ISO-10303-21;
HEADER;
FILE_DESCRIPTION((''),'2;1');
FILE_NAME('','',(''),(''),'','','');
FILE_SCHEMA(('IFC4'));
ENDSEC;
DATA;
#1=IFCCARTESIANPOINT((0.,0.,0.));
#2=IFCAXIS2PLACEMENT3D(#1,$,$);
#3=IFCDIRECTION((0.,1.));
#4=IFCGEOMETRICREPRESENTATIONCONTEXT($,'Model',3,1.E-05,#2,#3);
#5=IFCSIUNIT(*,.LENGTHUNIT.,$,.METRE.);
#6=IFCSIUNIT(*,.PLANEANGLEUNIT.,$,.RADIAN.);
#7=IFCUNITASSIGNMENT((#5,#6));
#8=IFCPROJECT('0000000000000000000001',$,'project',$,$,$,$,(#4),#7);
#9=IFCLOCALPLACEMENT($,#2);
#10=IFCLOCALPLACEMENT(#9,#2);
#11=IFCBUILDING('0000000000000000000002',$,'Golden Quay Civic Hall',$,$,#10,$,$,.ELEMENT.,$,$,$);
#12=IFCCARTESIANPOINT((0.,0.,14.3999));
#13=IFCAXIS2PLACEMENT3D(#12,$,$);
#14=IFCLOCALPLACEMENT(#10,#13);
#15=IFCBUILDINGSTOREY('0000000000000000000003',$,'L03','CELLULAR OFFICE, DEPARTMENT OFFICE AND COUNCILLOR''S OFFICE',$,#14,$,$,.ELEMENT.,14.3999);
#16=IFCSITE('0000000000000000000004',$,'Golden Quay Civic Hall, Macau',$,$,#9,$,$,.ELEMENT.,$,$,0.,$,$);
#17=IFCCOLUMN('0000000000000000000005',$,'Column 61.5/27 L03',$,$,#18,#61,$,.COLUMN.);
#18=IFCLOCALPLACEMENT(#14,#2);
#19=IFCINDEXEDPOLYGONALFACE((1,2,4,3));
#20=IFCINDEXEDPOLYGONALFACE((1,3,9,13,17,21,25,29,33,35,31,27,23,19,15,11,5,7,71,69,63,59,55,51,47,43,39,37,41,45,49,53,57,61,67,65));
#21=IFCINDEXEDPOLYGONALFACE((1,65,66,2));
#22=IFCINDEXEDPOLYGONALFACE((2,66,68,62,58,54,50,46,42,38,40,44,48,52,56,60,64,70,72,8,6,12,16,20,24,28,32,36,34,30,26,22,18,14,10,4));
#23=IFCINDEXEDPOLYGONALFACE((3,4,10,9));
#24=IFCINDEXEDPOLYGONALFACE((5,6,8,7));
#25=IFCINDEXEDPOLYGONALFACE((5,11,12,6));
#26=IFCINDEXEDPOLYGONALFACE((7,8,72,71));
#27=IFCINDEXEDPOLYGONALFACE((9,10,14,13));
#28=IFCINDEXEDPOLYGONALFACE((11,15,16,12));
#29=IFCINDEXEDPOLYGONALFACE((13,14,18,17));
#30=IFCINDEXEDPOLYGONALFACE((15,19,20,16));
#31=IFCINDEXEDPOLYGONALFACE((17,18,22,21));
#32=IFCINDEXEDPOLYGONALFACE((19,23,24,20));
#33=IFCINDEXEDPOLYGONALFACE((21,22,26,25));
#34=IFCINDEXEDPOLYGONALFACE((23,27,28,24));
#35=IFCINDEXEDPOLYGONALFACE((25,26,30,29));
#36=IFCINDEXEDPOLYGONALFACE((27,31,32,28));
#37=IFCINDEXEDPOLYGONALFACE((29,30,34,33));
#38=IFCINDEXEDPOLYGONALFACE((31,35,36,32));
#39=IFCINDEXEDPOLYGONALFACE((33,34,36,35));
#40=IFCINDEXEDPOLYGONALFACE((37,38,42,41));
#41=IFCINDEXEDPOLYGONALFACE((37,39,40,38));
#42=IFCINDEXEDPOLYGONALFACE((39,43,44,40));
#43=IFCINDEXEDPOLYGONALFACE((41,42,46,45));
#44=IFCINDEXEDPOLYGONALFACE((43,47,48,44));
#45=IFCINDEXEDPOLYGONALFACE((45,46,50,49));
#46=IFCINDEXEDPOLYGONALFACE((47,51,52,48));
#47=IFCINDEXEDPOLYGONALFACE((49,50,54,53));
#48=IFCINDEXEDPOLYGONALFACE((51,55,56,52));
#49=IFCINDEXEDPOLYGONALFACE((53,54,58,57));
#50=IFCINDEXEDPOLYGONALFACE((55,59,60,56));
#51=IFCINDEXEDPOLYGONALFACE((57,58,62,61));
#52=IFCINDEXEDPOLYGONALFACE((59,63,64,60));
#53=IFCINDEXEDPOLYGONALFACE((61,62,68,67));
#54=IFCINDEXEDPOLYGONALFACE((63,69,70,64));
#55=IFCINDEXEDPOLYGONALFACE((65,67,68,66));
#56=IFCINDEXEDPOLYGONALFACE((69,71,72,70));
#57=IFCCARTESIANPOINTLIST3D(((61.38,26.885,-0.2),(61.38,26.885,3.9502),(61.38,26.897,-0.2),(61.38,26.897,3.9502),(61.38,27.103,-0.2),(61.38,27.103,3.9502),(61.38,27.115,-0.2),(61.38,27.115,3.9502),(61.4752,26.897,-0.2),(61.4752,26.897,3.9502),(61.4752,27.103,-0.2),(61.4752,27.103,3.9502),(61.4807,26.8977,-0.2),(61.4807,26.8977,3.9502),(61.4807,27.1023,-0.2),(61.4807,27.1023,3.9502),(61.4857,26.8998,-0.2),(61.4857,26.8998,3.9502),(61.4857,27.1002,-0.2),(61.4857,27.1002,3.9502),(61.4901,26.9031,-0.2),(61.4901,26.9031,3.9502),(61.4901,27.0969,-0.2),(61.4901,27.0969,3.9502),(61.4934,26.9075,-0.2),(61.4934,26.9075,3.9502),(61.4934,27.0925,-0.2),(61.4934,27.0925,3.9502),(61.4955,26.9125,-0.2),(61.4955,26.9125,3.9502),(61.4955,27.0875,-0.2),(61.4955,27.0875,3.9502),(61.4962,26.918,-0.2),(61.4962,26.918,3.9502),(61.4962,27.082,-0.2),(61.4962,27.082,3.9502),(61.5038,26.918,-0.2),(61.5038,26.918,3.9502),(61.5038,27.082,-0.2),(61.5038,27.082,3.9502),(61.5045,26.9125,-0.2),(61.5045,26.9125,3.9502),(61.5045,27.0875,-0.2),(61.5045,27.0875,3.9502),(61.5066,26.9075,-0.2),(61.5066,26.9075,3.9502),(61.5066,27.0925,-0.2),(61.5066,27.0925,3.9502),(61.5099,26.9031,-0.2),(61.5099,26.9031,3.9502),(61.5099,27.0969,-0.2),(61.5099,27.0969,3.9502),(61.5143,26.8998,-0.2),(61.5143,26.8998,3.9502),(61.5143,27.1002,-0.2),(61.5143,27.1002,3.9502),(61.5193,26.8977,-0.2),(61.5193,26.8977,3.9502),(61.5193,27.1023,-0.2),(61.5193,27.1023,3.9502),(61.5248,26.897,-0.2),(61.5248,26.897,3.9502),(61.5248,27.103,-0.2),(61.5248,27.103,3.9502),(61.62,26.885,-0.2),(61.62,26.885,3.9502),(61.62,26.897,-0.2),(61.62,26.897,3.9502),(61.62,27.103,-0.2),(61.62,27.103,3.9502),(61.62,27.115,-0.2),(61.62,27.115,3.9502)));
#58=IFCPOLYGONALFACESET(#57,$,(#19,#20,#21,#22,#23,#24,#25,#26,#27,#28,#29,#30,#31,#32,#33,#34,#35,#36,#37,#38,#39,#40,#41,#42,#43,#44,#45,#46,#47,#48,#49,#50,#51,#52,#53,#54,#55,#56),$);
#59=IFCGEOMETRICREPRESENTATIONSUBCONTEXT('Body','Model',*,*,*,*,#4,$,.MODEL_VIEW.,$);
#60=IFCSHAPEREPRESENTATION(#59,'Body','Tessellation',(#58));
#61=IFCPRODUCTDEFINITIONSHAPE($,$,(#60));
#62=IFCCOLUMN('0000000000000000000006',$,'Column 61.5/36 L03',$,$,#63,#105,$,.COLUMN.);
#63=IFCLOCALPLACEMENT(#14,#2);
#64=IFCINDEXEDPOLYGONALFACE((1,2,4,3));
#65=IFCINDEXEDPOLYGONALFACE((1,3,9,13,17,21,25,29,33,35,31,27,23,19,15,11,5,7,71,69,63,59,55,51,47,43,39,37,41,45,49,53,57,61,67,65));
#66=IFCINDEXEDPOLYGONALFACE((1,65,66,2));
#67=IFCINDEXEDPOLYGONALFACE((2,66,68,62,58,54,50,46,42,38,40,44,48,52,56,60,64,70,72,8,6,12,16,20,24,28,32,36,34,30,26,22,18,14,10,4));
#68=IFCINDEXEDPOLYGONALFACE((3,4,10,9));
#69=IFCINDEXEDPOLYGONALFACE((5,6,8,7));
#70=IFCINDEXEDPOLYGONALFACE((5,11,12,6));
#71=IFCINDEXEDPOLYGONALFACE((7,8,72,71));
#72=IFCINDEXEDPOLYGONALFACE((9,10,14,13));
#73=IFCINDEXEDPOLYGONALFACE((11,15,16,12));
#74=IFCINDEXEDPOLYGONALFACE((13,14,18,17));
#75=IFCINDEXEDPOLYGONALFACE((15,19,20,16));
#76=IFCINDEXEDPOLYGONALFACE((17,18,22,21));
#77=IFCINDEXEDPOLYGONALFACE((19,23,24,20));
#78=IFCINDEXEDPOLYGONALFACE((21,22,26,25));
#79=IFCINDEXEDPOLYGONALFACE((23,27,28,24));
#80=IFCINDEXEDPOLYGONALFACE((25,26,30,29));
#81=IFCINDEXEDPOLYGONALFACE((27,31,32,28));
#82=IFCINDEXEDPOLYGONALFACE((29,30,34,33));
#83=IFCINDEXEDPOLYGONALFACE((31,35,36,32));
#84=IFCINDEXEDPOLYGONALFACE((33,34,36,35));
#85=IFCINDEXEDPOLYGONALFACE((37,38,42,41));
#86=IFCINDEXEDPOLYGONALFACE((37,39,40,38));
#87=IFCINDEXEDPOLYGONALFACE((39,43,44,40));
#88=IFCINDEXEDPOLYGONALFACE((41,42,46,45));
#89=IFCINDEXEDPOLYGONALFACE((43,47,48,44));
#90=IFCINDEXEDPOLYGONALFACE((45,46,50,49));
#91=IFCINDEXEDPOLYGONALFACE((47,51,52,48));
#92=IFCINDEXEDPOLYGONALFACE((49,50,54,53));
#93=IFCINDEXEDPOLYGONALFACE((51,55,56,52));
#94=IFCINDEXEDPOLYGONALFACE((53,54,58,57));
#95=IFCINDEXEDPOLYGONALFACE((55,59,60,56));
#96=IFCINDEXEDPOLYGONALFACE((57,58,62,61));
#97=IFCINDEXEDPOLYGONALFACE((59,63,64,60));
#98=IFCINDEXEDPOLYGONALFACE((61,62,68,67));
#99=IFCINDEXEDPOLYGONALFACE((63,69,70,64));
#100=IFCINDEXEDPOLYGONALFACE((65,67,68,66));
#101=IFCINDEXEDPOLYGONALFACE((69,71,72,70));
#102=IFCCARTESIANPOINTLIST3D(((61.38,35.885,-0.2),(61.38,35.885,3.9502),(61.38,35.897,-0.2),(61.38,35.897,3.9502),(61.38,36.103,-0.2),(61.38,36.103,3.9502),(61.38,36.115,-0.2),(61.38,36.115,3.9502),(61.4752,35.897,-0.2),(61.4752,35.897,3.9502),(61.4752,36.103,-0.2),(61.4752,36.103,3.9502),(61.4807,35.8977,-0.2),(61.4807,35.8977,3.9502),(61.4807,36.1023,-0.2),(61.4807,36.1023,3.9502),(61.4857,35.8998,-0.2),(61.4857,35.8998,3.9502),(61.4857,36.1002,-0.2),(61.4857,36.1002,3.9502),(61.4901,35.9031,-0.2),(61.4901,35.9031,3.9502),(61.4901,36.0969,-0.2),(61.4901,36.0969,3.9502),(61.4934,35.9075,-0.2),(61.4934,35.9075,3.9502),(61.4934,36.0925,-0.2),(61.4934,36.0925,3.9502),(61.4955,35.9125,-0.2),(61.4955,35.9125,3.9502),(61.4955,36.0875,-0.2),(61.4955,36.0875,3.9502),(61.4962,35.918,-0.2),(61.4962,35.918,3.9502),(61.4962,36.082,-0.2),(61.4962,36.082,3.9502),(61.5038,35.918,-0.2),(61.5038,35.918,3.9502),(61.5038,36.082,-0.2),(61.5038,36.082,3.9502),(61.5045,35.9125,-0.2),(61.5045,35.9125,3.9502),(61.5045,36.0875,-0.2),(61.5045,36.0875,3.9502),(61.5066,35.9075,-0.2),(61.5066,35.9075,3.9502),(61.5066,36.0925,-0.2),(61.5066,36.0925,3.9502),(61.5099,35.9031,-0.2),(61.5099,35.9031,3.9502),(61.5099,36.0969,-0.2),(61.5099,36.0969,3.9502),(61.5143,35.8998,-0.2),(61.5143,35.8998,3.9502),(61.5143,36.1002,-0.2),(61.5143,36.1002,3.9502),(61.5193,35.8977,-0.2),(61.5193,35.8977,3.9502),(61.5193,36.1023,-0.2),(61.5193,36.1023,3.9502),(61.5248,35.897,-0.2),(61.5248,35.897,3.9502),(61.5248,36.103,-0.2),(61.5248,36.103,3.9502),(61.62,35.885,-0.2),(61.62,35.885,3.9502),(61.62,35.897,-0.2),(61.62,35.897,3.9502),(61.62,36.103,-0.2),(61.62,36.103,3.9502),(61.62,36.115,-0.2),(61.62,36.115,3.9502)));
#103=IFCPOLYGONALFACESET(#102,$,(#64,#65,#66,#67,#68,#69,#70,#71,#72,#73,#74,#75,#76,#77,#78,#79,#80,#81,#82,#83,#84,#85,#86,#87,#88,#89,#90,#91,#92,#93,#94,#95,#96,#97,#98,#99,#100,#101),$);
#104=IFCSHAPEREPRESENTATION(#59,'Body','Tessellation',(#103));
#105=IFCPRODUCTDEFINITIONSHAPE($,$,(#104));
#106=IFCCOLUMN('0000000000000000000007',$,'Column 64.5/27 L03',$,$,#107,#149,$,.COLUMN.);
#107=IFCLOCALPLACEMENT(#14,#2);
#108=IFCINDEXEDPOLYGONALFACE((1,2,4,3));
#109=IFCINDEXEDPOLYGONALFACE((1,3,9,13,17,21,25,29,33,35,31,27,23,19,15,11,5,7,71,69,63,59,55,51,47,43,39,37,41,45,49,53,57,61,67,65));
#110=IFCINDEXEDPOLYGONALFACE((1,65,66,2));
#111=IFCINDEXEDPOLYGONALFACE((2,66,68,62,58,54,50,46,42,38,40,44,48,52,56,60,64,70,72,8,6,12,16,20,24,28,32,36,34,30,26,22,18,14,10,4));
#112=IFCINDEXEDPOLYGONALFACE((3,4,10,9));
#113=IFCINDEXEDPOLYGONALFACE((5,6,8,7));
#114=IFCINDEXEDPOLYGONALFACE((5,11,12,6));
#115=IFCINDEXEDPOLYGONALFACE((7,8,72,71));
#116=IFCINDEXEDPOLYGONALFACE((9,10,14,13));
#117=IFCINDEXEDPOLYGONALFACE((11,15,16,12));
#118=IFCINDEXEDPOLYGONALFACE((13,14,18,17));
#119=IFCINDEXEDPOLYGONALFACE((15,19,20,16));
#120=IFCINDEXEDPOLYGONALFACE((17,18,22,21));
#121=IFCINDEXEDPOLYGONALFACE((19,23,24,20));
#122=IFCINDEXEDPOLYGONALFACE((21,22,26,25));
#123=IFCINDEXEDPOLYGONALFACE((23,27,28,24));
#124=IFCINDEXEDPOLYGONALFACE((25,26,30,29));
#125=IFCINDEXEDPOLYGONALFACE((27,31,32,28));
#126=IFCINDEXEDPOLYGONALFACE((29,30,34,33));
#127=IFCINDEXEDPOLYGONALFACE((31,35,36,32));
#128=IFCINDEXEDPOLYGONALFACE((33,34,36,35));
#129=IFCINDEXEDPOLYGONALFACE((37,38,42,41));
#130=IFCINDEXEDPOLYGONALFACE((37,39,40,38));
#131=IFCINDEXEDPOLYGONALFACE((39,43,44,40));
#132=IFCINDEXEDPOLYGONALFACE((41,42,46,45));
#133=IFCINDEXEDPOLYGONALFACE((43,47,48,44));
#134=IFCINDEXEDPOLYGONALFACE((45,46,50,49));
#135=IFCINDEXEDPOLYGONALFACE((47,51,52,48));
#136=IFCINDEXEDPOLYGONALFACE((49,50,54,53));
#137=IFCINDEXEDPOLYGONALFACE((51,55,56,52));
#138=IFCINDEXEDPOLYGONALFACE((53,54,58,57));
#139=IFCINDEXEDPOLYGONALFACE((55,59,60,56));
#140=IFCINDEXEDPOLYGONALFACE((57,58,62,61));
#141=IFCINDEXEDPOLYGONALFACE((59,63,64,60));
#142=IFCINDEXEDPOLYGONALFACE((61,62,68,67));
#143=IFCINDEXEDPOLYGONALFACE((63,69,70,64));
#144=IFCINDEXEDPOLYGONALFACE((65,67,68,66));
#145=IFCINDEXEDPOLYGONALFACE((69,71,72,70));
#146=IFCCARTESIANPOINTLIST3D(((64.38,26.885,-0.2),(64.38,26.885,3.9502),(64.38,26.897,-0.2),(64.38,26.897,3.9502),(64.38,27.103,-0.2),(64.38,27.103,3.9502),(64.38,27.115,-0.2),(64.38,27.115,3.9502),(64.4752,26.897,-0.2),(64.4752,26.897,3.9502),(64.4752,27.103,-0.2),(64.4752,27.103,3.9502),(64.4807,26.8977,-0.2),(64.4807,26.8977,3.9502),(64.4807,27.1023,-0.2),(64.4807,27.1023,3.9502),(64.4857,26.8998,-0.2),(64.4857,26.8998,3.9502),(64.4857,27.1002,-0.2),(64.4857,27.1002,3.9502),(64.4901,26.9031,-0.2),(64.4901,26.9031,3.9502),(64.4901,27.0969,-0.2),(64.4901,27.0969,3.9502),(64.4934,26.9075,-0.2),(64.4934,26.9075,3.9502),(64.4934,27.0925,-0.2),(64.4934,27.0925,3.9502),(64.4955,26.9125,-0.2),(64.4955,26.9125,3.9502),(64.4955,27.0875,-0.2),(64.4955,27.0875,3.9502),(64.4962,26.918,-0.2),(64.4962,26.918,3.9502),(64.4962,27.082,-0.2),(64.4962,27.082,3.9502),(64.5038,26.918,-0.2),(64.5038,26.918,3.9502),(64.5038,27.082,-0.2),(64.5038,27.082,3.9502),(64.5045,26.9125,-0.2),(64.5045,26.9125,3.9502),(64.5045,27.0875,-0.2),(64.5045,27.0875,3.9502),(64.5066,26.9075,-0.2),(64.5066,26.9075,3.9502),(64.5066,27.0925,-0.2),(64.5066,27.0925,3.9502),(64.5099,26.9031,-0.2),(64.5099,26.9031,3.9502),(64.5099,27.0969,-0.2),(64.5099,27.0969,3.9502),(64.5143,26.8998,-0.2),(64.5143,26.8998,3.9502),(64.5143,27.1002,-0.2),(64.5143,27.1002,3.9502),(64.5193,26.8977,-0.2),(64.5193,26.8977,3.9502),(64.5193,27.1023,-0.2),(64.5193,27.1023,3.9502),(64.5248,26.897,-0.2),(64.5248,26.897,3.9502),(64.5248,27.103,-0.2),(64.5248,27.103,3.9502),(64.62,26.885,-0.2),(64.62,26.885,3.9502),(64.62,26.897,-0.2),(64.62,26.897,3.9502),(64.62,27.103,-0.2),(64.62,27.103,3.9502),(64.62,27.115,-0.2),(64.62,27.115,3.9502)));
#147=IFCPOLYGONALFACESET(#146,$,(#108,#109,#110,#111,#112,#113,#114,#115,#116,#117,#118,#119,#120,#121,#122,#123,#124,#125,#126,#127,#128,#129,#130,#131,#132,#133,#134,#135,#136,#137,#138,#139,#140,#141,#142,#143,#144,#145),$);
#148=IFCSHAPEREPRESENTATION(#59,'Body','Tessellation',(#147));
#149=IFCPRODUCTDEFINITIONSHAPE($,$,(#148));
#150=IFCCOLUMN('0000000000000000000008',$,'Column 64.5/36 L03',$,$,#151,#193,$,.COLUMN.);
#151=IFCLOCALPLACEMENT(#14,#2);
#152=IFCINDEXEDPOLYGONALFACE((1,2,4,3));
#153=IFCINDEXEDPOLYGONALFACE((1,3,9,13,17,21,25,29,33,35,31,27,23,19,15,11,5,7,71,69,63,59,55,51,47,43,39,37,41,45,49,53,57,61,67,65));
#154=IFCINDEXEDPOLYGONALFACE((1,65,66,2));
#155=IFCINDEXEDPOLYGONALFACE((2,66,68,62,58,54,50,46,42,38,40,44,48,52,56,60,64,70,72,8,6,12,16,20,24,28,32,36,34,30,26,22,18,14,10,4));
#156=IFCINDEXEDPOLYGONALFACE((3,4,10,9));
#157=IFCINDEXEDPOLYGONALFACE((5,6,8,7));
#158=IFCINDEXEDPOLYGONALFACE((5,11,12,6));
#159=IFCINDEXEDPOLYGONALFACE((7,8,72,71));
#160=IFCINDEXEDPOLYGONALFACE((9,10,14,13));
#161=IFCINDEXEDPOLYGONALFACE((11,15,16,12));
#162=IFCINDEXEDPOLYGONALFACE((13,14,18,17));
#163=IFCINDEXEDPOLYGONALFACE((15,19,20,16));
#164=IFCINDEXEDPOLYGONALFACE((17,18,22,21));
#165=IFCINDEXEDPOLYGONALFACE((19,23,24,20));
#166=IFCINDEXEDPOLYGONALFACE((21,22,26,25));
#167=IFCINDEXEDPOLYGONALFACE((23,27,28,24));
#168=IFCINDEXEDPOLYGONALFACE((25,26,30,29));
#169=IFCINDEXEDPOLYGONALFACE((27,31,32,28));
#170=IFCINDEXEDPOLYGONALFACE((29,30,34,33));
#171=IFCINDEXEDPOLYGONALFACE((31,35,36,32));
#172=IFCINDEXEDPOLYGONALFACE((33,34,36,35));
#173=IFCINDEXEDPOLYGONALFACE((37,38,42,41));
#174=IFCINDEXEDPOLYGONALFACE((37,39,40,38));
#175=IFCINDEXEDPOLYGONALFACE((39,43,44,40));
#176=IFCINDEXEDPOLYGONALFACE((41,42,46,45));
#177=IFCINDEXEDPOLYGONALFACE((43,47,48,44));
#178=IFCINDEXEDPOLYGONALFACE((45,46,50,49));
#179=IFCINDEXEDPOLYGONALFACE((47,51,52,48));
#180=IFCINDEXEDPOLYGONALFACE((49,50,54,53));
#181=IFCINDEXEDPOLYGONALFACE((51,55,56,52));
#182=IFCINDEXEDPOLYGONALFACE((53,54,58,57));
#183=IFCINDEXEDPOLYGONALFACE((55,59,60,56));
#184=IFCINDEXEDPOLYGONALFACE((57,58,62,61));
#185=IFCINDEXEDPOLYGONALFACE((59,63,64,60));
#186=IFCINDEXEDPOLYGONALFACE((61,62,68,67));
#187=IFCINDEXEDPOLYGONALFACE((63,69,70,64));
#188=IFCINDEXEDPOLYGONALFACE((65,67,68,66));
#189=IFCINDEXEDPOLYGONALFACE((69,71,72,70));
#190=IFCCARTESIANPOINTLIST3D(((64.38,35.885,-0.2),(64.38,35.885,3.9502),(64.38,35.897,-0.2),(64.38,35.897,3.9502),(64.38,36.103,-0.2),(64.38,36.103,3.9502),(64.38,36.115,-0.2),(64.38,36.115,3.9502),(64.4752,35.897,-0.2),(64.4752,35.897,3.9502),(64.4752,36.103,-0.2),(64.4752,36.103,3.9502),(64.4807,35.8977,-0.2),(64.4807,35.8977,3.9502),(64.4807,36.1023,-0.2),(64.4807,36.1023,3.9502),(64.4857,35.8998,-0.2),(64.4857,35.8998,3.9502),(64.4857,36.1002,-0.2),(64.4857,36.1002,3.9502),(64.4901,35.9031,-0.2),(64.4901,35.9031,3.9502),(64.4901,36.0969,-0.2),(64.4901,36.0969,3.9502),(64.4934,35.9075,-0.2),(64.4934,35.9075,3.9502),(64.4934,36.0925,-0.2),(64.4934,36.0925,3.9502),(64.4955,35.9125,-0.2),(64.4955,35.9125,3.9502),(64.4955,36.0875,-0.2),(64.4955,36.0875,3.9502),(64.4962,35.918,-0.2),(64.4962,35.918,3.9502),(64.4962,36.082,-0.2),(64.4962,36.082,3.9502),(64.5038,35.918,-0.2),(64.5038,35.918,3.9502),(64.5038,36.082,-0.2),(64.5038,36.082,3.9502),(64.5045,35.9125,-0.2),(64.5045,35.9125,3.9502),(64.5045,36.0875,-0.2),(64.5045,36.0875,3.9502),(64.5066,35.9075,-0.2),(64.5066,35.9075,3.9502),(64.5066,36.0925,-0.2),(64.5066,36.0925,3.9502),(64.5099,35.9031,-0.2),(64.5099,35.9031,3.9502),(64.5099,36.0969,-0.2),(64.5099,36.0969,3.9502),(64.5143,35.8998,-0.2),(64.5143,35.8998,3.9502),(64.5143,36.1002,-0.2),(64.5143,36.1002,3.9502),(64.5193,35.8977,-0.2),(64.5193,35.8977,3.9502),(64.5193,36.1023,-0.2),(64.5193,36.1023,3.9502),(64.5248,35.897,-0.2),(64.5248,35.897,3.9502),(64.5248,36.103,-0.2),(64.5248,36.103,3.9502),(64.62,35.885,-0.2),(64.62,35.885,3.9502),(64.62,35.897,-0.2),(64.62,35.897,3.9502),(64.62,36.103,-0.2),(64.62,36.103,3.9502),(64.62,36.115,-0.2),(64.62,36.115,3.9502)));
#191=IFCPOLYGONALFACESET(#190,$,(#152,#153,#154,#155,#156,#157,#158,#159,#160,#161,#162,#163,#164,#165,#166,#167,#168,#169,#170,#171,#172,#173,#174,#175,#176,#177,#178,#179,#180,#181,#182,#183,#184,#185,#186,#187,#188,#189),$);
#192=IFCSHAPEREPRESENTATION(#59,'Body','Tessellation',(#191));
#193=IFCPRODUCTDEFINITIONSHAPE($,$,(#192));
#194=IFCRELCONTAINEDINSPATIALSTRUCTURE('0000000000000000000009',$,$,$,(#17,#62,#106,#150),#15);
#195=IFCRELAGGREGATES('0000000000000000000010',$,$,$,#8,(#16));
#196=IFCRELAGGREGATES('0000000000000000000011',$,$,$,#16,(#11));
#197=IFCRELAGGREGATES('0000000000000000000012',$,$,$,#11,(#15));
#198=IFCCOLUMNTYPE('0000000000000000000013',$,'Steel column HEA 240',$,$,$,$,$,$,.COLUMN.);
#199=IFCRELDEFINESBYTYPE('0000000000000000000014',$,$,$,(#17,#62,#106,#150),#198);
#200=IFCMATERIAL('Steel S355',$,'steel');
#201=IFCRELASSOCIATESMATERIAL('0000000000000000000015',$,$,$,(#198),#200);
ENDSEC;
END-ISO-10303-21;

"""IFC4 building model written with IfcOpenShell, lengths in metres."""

from ifc_helpers import new_model, si_unit, direction, frame, origin, origin_2d, place, context, subcontext, project, spatial, i_section, extrude, material, material_profile, profile_set, type_object, element, save


model = new_model("IFC4")

# Units and contexts
model_context = context("Model", 3, precision=1e-05, world=origin(), true_north=direction((0.0, 1.0)))
body_context = subcontext(model_context, "Body", "Model", "MODEL_VIEW")
ifc_project = project(units=[si_unit("LENGTHUNIT", "METRE"), si_unit("PLANEANGLEUNIT", "RADIAN")], contexts=[model_context])

# Site, building, storey
site_placement = place(None, origin())
site = spatial("IfcSite", under=ifc_project, at=site_placement, Name="Golden Quay Civic Hall, Macau", CompositionType="ELEMENT", RefElevation=0.0)
building_placement = place(site_placement, origin())
building = spatial("IfcBuilding", under=site, at=building_placement, Name="Golden Quay Civic Hall", CompositionType="ELEMENT")
storey_placement = place(building_placement, frame((0.0, 0.0, 14.3999)))
storey = spatial("IfcBuildingStorey", under=building, at=storey_placement, Name="L03", Description="CELLULAR OFFICE, DEPARTMENT OFFICE AND COUNCILLOR'S OFFICE", CompositionType="ELEMENT", Elevation=14.3999)

# Columns
ifc_material_1 = material(Name="Steel S355", Category="steel")
ifc_material_profile_1 = material_profile(ifc_material_1, i_section(OverallWidth=0.24, OverallDepth=0.23, WebThickness=0.0076, FlangeThickness=0.012, FilletRadius=0.021, at=origin_2d()), Name="HEA 240")
ifc_profile_set_1 = profile_set([ifc_material_profile_1], Name="Steel S355")
column_type = type_object("IfcColumnType", Name="Steel column HEA 240", PredefinedType="COLUMN", material=ifc_profile_set_1)
for number, where, z_axis, x_axis, name in (
    (1, (61.5, 27.0, -0.2), (0.0, 0.0, 1.0), (1.0, 0.0, 0.0), "Column 61.5/27 L03"),
    (2, (61.5, 36.0, -0.2), (0.0, 0.0, 1.0), (1.0, 0.0, 0.0), "Column 61.5/36 L03"),
    (3, (64.5, 27.0, -0.2), (0.0, 0.0, 1.0), (1.0, 0.0, 0.0), "Column 64.5/27 L03"),
    (4, (64.5, 36.0, -0.2), (0.0, 0.0, 1.0), (1.0, 0.0, 0.0), "Column 64.5/36 L03"),
):
    element("IfcColumn", number, at=place(storey_placement, frame(where, z_axis=z_axis, x_axis=x_axis)), inside=storey, type_object=column_type, Name=name, PredefinedType="COLUMN", context=body_context, shape_type="SweptSolid", body=[
        extrude(i_section(OverallWidth=0.24, OverallDepth=0.23, WebThickness=0.0076, FlangeThickness=0.012, FilletRadius=0.021, at=origin_2d()), origin(), (0.0, 0.0, 1.0), 4.1501),
    ])

save(model, "model.ifc")
